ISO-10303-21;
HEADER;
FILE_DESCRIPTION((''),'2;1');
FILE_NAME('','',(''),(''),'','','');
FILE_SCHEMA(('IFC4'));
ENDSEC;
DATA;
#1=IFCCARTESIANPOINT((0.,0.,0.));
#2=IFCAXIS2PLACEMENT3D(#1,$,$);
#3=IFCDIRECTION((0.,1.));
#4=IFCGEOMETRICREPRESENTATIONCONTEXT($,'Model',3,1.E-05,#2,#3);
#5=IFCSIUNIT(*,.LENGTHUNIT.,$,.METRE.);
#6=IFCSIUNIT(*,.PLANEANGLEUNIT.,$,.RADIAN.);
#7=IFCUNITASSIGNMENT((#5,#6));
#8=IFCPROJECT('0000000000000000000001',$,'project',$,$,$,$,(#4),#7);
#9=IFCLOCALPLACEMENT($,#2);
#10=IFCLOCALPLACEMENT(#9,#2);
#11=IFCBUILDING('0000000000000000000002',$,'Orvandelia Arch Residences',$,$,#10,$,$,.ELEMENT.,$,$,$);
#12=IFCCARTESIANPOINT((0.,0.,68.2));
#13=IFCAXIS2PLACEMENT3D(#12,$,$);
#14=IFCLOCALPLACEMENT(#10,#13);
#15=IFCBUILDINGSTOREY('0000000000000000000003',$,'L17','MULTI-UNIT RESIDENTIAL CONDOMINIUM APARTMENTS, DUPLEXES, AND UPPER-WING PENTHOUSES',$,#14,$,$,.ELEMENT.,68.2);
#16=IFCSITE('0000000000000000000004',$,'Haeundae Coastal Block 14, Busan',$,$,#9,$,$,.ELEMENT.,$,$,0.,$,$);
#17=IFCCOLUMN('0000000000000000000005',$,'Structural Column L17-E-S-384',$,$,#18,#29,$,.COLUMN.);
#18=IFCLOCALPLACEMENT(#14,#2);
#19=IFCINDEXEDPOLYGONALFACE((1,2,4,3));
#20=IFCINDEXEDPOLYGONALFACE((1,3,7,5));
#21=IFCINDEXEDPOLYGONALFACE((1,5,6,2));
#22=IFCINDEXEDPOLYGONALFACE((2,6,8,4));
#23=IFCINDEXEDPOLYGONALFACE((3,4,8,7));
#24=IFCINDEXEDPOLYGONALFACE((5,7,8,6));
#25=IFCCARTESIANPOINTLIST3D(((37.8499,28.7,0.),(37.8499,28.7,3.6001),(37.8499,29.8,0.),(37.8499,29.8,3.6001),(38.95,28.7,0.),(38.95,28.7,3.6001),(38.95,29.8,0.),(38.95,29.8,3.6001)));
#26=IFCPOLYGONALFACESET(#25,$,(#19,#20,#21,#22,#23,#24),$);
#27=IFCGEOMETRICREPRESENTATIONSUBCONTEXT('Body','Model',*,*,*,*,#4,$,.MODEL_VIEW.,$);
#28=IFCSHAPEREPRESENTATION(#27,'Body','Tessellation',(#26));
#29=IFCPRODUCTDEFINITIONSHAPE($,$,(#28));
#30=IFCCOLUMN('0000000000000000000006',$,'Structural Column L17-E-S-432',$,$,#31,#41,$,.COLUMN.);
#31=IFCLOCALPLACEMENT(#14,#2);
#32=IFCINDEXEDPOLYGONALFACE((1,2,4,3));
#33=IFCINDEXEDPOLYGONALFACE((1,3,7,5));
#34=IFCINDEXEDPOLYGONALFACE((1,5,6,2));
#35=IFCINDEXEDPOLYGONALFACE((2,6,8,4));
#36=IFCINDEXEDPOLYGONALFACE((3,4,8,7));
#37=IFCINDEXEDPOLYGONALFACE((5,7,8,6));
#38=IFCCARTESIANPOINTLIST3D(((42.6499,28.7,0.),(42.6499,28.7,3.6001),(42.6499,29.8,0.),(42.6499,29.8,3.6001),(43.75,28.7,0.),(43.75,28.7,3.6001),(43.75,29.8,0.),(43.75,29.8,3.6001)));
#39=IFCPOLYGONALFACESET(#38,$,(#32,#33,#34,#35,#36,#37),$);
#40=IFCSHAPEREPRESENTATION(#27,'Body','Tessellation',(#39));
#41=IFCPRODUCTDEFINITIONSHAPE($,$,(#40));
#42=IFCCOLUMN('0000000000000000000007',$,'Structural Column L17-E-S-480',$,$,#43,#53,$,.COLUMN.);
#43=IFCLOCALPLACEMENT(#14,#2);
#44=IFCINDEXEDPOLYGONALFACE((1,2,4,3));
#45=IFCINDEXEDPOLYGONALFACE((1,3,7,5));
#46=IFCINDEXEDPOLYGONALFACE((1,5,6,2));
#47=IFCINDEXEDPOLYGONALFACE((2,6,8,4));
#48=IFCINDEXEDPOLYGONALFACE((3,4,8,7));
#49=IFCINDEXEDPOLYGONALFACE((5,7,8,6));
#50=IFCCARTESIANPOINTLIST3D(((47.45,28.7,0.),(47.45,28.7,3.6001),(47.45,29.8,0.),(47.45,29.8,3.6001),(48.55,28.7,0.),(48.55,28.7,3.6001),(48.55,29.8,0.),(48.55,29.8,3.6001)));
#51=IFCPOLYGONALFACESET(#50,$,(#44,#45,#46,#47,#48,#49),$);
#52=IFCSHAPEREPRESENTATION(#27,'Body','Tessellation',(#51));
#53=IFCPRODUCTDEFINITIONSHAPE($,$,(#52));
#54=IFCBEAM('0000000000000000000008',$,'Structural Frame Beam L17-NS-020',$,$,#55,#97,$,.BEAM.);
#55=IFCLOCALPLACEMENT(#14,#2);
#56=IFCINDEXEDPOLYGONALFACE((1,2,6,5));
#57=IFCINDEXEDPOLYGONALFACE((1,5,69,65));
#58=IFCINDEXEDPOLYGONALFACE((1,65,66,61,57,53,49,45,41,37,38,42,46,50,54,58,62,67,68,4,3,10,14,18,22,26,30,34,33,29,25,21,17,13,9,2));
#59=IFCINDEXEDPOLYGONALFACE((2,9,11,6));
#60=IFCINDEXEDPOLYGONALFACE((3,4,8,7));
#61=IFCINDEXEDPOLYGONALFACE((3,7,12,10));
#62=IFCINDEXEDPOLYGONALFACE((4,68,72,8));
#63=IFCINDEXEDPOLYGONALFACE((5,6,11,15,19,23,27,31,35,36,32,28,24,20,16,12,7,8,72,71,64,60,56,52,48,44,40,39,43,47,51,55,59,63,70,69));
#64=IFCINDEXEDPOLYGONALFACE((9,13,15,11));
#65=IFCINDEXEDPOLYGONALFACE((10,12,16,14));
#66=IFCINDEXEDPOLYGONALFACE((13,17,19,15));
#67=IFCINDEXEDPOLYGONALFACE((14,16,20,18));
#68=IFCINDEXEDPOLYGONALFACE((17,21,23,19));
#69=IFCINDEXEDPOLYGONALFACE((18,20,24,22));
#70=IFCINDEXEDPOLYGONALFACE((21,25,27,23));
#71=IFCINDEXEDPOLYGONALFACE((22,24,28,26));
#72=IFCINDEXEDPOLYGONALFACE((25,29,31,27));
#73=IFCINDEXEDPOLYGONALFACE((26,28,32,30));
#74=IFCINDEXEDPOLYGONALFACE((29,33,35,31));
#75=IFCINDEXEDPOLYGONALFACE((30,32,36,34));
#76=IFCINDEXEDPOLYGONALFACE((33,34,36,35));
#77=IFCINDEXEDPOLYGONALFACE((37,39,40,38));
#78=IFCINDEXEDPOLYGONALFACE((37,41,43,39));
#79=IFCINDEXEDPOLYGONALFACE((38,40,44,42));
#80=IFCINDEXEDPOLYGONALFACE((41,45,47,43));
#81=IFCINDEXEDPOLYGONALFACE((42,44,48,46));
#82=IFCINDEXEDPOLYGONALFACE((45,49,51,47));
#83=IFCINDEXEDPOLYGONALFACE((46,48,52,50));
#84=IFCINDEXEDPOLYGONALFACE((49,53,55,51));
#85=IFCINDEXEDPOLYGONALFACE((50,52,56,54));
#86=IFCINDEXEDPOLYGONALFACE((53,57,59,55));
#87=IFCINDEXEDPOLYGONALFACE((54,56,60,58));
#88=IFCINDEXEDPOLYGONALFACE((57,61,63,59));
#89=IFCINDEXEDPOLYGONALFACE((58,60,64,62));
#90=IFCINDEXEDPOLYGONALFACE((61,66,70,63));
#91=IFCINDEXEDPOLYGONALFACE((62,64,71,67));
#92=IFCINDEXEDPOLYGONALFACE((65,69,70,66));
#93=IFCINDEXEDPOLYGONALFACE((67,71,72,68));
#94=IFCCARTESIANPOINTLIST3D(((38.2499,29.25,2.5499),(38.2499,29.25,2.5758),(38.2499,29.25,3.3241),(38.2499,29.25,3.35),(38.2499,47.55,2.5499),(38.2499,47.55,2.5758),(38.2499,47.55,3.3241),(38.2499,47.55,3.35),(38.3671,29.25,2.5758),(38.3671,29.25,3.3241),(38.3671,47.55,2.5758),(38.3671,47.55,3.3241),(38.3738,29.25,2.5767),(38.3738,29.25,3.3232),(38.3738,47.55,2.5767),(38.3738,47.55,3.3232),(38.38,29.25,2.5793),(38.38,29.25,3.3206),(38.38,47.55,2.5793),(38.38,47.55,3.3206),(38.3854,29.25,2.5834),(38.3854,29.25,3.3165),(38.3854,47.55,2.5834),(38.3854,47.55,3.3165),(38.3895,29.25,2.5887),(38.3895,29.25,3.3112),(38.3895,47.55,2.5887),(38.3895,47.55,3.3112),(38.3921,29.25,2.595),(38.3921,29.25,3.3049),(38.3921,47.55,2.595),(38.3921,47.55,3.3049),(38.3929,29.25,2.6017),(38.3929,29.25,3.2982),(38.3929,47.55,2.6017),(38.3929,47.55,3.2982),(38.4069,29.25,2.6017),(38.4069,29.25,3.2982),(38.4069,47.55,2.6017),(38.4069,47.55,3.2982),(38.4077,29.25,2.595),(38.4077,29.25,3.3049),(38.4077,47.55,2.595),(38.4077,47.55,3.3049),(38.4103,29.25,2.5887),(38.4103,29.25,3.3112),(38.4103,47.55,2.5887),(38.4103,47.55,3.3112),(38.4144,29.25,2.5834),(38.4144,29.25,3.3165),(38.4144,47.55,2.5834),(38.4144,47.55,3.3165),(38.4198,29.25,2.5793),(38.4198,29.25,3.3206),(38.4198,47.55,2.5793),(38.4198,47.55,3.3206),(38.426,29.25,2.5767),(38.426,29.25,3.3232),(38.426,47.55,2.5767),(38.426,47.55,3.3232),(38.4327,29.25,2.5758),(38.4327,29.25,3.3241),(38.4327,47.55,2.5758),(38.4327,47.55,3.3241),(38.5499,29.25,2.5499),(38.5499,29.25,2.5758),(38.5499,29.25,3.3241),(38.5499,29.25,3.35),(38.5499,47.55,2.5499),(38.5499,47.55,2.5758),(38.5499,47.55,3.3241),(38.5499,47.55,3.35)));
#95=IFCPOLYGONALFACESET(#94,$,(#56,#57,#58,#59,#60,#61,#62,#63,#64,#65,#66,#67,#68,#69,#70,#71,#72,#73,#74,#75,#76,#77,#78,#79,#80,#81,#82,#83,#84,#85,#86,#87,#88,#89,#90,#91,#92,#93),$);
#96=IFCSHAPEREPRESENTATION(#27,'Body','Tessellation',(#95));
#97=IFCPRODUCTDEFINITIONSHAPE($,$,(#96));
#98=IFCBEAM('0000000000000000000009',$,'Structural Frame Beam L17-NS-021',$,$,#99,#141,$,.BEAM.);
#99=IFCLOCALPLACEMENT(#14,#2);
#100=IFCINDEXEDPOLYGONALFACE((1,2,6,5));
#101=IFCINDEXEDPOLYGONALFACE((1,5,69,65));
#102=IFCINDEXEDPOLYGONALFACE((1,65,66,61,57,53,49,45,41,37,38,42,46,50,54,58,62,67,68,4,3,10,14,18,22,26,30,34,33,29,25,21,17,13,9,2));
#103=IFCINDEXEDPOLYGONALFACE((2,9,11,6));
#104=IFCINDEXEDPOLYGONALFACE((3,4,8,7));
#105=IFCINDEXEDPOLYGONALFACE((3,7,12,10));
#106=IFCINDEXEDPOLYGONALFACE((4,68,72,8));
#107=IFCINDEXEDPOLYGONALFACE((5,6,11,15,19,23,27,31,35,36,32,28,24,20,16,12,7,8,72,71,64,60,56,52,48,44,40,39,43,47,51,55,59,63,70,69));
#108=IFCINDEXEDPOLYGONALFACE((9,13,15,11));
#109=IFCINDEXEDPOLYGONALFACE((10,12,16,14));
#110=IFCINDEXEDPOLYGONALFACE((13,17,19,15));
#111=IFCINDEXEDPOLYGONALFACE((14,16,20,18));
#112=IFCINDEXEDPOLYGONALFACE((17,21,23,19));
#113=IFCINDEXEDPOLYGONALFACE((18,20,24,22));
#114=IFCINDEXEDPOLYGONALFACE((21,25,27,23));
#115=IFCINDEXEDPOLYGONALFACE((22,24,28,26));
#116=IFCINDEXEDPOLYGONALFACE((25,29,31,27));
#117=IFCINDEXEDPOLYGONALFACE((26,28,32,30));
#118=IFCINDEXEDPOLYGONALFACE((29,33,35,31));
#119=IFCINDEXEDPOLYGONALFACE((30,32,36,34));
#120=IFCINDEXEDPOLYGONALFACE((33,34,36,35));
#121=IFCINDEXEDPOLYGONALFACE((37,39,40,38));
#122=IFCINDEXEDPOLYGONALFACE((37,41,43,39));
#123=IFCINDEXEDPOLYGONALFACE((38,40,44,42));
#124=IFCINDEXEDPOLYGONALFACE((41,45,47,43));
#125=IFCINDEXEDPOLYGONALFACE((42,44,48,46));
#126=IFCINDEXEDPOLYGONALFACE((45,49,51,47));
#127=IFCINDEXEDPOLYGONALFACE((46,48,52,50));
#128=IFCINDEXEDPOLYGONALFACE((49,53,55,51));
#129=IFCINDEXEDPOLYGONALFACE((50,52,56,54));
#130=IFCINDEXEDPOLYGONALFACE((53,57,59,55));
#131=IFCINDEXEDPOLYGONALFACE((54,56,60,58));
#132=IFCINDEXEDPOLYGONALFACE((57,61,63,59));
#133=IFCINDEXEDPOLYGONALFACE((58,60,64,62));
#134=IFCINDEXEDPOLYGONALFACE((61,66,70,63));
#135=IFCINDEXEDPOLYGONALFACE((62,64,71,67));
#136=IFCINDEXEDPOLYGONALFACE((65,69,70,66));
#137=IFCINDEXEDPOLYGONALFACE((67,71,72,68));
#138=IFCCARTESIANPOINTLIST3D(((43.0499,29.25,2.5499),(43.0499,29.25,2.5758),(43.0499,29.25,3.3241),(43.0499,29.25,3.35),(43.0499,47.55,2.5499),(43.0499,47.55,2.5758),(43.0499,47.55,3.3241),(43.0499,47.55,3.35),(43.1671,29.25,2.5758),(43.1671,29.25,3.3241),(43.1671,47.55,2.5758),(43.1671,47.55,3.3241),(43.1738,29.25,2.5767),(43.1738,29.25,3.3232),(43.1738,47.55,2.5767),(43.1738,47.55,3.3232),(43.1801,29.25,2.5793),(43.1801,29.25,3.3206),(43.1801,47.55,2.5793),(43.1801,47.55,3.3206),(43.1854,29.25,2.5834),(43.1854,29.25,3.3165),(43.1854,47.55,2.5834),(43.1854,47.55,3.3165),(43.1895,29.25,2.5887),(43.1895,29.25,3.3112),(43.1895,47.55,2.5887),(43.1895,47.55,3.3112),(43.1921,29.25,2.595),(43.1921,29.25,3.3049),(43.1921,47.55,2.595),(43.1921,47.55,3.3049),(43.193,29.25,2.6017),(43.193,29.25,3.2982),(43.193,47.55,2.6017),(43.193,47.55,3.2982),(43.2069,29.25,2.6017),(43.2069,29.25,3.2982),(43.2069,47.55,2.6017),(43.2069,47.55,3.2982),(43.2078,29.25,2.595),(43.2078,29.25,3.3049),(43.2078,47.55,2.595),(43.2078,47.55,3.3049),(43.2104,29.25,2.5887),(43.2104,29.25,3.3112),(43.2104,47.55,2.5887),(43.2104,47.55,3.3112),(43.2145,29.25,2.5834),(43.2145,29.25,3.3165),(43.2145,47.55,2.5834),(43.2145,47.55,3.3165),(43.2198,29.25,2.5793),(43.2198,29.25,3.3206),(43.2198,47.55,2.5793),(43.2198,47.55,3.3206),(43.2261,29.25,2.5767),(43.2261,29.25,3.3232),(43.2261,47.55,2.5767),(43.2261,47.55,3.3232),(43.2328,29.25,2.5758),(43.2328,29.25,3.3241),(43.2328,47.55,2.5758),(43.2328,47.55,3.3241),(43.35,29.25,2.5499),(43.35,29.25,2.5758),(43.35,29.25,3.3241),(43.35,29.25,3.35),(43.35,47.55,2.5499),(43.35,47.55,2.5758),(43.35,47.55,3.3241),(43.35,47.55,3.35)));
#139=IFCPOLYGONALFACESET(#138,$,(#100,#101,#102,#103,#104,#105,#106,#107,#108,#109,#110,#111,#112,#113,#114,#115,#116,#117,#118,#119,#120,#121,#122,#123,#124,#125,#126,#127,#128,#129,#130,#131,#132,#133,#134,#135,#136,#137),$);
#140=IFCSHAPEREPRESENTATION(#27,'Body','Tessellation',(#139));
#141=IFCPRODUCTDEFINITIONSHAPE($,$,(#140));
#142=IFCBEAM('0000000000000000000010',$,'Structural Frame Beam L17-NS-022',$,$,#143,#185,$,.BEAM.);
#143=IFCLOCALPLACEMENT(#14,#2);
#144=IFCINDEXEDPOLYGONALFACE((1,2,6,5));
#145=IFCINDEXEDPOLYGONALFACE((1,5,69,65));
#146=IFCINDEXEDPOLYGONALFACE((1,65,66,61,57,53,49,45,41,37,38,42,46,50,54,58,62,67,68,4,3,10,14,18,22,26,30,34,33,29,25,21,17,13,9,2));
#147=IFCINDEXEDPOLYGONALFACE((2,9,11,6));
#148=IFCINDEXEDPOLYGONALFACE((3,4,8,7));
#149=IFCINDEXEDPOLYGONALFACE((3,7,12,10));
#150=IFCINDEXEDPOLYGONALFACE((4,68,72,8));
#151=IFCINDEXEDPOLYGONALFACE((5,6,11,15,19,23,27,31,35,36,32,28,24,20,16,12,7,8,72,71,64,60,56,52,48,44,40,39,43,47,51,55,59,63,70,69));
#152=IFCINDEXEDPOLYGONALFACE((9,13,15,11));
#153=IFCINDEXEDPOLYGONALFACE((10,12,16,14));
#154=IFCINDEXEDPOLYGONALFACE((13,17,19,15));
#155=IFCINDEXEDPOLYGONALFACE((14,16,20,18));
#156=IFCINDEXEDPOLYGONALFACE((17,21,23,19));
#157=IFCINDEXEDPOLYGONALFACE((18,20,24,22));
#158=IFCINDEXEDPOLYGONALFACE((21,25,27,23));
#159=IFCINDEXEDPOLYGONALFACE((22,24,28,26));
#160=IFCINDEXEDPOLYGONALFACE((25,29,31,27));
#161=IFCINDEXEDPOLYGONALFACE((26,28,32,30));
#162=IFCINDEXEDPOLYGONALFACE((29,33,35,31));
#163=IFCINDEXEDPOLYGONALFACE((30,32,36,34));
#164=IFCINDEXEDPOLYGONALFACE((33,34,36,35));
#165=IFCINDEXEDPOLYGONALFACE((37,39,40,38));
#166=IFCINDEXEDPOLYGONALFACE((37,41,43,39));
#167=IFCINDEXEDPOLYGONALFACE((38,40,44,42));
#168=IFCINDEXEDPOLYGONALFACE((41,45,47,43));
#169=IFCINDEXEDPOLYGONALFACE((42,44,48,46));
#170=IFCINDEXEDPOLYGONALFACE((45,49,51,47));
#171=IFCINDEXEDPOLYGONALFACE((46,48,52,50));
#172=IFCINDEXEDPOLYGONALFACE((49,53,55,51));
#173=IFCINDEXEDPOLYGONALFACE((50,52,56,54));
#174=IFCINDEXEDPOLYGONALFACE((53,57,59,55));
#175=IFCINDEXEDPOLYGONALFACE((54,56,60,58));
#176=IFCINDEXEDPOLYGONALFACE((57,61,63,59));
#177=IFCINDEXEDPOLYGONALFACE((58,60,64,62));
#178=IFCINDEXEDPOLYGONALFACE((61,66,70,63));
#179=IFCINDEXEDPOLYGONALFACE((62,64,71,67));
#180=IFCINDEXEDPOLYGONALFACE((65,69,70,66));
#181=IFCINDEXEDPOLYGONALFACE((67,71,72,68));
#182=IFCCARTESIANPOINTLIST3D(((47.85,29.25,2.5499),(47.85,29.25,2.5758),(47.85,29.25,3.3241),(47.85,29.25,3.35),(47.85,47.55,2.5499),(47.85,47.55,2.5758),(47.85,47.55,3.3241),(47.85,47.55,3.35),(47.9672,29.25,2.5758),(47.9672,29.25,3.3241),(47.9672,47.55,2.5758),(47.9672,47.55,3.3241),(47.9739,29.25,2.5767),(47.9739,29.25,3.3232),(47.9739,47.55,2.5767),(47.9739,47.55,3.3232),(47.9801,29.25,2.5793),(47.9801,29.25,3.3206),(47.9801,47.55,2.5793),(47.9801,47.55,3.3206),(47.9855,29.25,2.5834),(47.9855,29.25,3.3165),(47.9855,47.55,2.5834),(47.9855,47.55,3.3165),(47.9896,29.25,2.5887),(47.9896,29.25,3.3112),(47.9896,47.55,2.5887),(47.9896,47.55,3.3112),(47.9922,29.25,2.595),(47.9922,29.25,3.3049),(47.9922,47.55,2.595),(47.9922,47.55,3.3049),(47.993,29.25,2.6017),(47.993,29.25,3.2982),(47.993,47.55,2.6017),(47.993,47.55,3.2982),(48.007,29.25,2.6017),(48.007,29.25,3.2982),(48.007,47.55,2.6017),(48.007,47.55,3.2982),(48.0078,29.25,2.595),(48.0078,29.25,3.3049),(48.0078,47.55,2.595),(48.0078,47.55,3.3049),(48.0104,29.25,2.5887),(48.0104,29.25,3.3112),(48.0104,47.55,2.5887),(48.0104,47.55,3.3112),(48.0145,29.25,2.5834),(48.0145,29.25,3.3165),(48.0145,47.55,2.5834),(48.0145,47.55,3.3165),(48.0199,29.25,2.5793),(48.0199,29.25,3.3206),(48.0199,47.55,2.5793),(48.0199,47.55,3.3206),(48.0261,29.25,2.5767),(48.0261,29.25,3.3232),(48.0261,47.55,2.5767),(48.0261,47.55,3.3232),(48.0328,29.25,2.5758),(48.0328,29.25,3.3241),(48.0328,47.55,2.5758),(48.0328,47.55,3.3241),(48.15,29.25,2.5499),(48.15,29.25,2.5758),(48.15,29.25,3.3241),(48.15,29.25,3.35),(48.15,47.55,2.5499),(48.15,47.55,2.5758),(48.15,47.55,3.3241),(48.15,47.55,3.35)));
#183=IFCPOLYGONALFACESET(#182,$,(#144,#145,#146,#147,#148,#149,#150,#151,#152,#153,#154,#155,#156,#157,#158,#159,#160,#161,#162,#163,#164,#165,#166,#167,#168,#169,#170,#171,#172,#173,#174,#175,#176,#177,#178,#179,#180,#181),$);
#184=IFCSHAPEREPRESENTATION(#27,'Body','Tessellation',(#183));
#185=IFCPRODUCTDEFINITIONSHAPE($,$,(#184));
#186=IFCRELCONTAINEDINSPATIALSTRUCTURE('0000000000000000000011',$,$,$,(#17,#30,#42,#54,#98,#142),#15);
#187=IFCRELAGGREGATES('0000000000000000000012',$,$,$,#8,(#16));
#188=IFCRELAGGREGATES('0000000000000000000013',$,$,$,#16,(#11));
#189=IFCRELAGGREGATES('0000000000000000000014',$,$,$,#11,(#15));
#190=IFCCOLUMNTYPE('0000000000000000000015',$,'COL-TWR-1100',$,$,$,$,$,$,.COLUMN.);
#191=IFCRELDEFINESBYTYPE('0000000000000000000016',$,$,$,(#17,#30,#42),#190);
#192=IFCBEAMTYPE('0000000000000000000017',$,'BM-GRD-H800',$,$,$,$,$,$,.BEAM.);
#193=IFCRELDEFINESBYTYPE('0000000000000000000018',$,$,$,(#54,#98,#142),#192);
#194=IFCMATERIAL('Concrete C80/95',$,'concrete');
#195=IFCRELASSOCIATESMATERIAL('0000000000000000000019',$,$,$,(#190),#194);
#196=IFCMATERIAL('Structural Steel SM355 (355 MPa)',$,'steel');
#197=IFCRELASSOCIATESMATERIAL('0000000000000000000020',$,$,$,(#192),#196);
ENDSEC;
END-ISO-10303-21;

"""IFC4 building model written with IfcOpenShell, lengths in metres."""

from ifc_helpers import new_model, si_unit, direction, frame, origin, origin_2d, place, context, subcontext, project, spatial, rectangle, i_section, extrude, material, material_profile, profile_set, type_object, element, save


model = new_model("IFC4")

# Units and contexts
model_context = context("Model", 3, precision=1e-05, world=origin(), true_north=direction((0.0, 1.0)))
body_context = subcontext(model_context, "Body", "Model", "MODEL_VIEW")
ifc_project = project(units=[si_unit("LENGTHUNIT", "METRE"), si_unit("PLANEANGLEUNIT", "RADIAN")], contexts=[model_context])

# Site, building, storey
site_placement = place(None, origin())
site = spatial("IfcSite", under=ifc_project, at=site_placement, Name="Haeundae Coastal Block 14, Busan", CompositionType="ELEMENT", RefElevation=0.0)
building_placement = place(site_placement, origin())
building = spatial("IfcBuilding", under=site, at=building_placement, Name="Orvandelia Arch Residences", CompositionType="ELEMENT")
storey_placement = place(building_placement, frame((0.0, 0.0, 68.2)))
storey = spatial("IfcBuildingStorey", under=building, at=storey_placement, Name="L17", Description="MULTI-UNIT RESIDENTIAL CONDOMINIUM APARTMENTS, DUPLEXES, AND UPPER-WING PENTHOUSES", CompositionType="ELEMENT", Elevation=68.2)

# Columns
ifc_material_1 = material(Name="Concrete C80/95", Category="concrete")
ifc_material_profile_1 = material_profile(ifc_material_1, rectangle(XDim=1.1001, YDim=1.1001, at=origin_2d()), Name="Concrete C80/95", Category="concrete")
ifc_profile_set_1 = profile_set([ifc_material_profile_1], Name="Concrete C80/95")
column_type = type_object("IfcColumnType", Name="COL-TWR-1100", PredefinedType="COLUMN", material=ifc_profile_set_1)
for number, where, z_axis, x_axis, name in (
    (1, (38.3999, 29.25, 0.0), (0.0, 0.0, 1.0), (1.0, 0.0, 0.0), "Structural Column L17-E-S-384"),
    (2, (43.2, 29.25, 0.0), (0.0, 0.0, 1.0), (1.0, 0.0, 0.0), "Structural Column L17-E-S-432"),
    (3, (48.0, 29.25, 0.0), (0.0, 0.0, 1.0), (1.0, 0.0, 0.0), "Structural Column L17-E-S-480"),
):
    element("IfcColumn", number, at=place(storey_placement, frame(where, z_axis=z_axis, x_axis=x_axis)), inside=storey, type_object=column_type, Name=name, PredefinedType="COLUMN", context=body_context, shape_type="SweptSolid", body=[
        extrude(rectangle(XDim=1.1001, YDim=1.1001, at=origin_2d()), origin(), (0.0, 0.0, 1.0), 3.6001),
    ])

# Beams
ifc_material_2 = material(Name="Structural Steel SM355 (355 MPa)", Category="steel")
ifc_material_profile_2 = material_profile(ifc_material_2, i_section(OverallWidth=0.3, OverallDepth=0.8, WebThickness=0.0139, FlangeThickness=0.0259, FilletRadius=0.0259, at=origin_2d()), Name="Structural Steel SM355 (355 MPa)", Category="steel")
ifc_profile_set_2 = profile_set([ifc_material_profile_2], Name="Structural Steel SM355 (355 MPa)")
beam_type = type_object("IfcBeamType", Name="BM-GRD-H800", PredefinedType="BEAM", material=ifc_profile_set_2)
for number, where, z_axis, x_axis, name in (
    (4, (38.3999, 29.25, 2.95), (0.0, 1.0, 0.0), (-1.0, 0.0, 0.0), "Structural Frame Beam L17-NS-020"),
    (5, (43.2, 29.25, 2.95), (0.0, 1.0, 0.0), (-1.0, 0.0, 0.0), "Structural Frame Beam L17-NS-021"),
    (6, (48.0, 29.25, 2.95), (0.0, 1.0, 0.0), (-1.0, 0.0, 0.0), "Structural Frame Beam L17-NS-022"),
):
    element("IfcBeam", number, at=place(storey_placement, frame(where, z_axis=z_axis, x_axis=x_axis)), inside=storey, type_object=beam_type, Name=name, PredefinedType="BEAM", context=body_context, shape_type="SweptSolid", body=[
        extrude(i_section(OverallWidth=0.3, OverallDepth=0.8, WebThickness=0.0139, FlangeThickness=0.0259, FilletRadius=0.0259, at=origin_2d()), origin(), (0.0, 0.0, 1.0), 18.3),
    ])

save(model, "model.ifc")
